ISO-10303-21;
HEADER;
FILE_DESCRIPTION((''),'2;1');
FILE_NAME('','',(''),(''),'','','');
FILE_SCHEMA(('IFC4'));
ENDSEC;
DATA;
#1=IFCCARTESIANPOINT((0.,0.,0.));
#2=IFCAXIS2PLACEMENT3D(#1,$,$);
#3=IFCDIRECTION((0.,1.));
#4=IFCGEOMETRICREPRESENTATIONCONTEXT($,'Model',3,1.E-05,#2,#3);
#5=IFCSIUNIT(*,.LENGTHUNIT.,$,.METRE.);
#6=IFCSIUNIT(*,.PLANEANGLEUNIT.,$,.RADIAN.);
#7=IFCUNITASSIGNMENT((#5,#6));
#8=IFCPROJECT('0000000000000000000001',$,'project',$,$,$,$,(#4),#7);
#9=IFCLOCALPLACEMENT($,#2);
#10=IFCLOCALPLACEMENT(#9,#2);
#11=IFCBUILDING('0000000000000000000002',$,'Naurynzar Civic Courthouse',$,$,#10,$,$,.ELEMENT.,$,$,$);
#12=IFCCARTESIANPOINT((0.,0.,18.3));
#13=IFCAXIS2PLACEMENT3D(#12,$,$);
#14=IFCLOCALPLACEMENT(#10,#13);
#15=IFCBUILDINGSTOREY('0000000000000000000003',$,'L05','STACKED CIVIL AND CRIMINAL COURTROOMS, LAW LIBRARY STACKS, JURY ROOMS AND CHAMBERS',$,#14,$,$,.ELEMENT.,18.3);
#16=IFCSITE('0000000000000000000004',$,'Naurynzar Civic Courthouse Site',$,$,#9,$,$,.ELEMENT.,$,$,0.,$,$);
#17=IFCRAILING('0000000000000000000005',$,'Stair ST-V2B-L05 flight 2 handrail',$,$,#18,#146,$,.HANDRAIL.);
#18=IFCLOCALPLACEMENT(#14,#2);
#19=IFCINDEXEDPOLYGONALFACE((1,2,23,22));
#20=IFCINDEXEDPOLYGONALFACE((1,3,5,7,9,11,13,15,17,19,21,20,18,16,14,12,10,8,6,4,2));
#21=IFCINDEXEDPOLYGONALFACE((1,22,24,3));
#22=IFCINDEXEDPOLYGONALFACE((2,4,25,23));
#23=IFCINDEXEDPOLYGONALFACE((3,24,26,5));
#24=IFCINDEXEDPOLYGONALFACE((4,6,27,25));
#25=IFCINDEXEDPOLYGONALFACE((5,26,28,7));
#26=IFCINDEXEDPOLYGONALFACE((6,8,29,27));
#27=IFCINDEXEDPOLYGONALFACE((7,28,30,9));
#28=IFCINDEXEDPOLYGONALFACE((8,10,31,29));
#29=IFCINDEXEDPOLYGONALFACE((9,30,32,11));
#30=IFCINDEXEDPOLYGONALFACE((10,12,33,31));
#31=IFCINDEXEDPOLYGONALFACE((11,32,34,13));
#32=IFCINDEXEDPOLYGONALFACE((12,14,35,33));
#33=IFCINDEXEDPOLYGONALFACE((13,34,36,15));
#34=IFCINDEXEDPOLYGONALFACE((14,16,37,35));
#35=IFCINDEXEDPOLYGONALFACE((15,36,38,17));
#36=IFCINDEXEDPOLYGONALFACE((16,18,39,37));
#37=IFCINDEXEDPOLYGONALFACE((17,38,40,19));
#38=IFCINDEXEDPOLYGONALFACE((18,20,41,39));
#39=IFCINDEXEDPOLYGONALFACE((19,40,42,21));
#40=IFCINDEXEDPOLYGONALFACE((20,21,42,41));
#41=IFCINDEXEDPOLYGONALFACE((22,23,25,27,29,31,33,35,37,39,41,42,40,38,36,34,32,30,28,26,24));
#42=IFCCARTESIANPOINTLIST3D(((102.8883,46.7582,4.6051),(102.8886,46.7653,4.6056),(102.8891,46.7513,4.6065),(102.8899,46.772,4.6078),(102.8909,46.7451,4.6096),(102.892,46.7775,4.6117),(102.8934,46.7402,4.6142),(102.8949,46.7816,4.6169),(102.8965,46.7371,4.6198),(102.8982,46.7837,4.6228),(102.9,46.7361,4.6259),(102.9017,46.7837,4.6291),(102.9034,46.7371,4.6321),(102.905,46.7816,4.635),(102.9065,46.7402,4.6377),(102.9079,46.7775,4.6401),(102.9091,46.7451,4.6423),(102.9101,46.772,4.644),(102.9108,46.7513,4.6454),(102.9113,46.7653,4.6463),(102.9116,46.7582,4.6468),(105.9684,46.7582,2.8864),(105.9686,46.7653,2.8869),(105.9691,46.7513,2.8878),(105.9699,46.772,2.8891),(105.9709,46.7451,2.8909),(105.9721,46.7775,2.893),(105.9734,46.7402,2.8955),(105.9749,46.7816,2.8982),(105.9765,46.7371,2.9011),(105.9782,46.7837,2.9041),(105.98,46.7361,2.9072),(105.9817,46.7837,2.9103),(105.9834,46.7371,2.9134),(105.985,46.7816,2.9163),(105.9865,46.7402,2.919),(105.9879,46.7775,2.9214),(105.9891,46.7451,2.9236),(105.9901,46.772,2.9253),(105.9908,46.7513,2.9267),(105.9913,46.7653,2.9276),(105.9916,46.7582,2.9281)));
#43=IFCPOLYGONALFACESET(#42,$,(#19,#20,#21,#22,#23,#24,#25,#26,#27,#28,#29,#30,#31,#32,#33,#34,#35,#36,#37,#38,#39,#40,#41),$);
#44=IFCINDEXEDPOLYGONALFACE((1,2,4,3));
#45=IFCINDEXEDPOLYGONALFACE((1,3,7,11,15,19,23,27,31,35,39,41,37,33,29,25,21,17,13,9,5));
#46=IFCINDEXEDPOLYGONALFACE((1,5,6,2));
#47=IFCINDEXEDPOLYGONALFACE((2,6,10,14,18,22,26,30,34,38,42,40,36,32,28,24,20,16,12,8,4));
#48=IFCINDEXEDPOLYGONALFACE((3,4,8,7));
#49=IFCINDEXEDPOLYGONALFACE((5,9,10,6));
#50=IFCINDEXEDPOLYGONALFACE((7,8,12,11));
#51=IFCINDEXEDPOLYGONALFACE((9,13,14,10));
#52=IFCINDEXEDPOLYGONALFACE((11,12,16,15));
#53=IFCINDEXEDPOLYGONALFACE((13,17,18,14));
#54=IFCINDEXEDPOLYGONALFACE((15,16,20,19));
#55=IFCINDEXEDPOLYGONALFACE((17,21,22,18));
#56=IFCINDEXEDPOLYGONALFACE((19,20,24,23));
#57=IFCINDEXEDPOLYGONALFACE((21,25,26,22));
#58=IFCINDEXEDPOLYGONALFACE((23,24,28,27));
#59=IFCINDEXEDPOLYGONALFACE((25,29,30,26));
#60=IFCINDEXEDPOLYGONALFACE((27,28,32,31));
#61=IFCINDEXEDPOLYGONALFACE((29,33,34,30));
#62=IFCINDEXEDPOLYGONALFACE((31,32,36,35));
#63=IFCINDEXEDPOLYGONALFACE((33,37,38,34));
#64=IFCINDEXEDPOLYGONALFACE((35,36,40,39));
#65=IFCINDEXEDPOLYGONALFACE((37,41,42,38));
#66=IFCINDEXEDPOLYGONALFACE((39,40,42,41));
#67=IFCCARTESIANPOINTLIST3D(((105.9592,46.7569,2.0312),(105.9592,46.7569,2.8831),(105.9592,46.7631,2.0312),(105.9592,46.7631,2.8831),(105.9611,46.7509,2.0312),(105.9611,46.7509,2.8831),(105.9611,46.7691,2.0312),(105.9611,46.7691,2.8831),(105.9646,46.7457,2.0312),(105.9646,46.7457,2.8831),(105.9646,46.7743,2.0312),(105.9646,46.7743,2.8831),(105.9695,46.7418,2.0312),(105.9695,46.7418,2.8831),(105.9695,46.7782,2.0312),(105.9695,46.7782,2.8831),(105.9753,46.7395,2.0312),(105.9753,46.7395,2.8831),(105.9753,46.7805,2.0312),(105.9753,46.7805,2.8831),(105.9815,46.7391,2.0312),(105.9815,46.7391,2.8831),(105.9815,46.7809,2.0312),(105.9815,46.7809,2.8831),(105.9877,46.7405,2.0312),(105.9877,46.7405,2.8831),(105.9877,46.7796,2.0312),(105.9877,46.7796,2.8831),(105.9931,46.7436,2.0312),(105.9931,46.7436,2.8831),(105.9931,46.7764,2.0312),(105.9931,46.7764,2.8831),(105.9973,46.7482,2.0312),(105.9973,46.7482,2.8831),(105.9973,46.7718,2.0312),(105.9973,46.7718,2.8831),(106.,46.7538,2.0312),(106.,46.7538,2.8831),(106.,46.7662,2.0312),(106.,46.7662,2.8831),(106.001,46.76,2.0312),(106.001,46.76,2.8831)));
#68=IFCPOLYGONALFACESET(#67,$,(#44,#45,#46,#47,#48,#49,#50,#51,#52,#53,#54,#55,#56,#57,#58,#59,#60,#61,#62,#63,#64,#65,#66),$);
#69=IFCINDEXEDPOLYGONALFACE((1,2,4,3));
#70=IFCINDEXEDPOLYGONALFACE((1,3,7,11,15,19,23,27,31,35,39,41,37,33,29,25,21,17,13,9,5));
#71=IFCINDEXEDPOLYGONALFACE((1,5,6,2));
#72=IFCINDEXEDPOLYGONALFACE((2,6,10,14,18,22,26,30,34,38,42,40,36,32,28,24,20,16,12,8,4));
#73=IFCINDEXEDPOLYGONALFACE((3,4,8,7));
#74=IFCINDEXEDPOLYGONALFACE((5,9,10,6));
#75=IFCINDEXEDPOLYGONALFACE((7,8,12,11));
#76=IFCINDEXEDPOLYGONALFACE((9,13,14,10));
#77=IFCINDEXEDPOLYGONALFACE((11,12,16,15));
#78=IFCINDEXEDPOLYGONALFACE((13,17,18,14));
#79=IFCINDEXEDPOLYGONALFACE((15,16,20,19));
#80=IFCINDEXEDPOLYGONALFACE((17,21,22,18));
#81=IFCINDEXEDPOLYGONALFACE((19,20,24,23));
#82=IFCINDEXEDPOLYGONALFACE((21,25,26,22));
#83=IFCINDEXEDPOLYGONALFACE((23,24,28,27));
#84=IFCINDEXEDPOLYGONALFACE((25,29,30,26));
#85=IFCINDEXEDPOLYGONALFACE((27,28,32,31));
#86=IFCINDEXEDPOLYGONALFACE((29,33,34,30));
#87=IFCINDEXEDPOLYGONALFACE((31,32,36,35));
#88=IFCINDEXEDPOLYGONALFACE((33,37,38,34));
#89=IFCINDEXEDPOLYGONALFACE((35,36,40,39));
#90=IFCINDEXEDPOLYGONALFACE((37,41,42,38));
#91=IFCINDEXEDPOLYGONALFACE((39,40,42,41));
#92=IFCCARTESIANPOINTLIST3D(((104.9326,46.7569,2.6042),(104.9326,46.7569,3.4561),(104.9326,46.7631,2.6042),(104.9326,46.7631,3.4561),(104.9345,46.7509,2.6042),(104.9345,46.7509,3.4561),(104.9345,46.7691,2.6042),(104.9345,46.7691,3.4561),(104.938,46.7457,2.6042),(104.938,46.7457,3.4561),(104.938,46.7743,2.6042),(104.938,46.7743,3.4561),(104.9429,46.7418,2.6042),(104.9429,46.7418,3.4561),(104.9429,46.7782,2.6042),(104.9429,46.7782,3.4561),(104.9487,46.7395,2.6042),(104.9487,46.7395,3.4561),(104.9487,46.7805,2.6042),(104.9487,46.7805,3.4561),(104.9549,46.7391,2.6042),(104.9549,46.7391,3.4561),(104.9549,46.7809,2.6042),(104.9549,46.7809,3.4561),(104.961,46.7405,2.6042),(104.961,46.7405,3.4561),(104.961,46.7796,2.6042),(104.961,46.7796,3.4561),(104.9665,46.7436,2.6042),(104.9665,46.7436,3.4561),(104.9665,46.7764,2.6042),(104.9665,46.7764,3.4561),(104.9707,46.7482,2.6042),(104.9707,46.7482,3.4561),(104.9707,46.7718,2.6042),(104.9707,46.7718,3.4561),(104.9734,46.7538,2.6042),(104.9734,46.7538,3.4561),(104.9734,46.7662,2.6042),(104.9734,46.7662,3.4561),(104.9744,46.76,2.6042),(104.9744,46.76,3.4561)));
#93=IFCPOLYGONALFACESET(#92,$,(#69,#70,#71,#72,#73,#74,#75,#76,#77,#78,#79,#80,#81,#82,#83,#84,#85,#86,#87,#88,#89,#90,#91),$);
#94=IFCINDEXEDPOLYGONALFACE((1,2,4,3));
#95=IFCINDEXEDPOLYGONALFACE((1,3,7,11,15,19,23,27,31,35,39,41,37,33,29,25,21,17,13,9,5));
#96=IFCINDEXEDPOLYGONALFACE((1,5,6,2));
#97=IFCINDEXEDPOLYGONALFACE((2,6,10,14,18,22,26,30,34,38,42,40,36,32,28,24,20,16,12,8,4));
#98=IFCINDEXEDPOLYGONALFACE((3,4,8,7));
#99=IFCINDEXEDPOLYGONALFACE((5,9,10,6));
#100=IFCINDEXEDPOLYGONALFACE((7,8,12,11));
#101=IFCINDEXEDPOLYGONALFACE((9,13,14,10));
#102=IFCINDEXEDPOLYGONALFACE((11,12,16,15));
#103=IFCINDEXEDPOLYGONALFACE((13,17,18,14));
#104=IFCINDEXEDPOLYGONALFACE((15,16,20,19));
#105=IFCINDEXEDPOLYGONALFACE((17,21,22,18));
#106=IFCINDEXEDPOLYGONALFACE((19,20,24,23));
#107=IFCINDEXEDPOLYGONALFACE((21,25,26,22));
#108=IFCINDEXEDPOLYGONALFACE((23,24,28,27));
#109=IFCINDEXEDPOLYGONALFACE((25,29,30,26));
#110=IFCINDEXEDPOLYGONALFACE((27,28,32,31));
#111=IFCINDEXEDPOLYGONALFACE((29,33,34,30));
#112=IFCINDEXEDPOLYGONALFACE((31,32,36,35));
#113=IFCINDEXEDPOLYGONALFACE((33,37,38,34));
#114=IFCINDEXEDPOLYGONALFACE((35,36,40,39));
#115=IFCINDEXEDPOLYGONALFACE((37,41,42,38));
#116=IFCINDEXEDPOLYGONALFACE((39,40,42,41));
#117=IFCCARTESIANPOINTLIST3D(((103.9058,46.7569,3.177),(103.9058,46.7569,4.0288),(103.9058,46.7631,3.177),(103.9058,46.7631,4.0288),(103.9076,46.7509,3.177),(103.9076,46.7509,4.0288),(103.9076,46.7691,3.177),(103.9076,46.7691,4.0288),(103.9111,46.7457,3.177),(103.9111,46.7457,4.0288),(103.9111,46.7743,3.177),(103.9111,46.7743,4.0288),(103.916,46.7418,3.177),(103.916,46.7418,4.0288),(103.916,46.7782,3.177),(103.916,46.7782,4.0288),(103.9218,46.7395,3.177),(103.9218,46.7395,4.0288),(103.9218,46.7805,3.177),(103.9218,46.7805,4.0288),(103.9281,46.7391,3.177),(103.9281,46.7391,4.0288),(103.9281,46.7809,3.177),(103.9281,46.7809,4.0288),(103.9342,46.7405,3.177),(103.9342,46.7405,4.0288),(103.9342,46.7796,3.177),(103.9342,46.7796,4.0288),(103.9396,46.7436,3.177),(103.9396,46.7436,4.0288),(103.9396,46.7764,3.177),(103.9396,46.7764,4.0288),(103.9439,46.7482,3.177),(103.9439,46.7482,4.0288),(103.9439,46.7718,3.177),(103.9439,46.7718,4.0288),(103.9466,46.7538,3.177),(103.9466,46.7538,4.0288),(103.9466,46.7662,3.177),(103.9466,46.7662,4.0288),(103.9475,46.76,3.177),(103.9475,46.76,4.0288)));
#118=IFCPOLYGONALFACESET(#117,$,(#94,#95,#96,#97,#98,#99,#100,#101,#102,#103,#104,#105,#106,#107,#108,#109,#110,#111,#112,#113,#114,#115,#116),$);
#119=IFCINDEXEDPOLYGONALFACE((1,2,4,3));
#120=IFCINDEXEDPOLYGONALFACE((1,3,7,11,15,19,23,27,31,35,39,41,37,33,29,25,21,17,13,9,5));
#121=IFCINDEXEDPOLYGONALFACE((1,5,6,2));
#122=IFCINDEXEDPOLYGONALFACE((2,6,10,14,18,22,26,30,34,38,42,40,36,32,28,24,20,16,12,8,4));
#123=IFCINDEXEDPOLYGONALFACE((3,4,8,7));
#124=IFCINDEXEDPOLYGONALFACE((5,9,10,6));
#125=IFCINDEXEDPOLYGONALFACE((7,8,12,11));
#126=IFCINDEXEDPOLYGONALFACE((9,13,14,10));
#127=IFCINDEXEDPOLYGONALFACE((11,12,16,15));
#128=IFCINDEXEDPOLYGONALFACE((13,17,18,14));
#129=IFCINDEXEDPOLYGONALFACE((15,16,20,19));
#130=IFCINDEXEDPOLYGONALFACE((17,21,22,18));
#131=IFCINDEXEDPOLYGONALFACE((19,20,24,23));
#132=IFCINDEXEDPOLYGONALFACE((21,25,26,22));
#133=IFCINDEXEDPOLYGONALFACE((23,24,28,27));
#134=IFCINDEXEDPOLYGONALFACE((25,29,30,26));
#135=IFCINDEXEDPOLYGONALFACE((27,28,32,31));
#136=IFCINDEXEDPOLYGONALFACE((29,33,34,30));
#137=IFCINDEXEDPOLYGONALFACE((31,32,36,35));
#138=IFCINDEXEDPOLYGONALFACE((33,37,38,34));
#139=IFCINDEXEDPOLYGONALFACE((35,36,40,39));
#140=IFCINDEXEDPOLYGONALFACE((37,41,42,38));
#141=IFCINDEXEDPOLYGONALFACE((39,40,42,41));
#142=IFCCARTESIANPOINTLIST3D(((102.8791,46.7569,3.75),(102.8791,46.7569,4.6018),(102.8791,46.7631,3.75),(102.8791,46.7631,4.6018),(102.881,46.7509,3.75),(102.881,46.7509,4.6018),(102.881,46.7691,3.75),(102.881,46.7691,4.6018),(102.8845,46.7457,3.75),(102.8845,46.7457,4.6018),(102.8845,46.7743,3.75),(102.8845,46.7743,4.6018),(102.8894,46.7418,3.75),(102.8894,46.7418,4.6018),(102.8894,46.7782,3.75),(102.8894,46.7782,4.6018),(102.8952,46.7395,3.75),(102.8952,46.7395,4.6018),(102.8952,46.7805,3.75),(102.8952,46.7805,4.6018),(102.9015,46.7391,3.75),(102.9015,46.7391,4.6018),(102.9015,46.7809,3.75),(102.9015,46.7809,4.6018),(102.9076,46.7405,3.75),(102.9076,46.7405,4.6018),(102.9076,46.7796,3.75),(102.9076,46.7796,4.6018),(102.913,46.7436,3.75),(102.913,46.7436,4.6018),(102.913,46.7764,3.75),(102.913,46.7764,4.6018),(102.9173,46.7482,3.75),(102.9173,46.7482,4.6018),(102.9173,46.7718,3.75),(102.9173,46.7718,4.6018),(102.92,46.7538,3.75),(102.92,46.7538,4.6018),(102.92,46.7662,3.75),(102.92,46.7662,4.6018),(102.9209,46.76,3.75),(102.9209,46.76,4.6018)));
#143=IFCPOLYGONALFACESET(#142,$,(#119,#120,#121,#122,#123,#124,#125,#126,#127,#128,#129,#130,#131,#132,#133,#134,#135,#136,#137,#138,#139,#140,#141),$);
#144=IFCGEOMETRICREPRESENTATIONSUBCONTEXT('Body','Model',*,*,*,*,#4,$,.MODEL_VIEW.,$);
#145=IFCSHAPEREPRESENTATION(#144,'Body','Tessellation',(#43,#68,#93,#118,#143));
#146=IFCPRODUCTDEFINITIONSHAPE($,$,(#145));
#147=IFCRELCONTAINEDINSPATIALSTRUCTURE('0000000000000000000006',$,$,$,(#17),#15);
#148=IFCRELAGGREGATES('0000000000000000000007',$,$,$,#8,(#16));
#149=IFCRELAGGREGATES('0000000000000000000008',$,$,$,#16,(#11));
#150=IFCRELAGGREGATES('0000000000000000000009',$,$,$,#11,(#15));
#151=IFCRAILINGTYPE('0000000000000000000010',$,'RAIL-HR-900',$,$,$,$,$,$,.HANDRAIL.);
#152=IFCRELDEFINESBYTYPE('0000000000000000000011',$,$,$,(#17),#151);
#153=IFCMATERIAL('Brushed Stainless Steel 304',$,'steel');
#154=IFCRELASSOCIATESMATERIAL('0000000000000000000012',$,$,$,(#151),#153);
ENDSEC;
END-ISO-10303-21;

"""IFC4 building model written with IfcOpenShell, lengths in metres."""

from ifc_helpers import new_model, si_unit, direction, frame, origin, origin_2d, place, context, subcontext, project, spatial, circle, extrude, material, type_object, element, save


model = new_model("IFC4")

# Units and contexts
model_context = context("Model", 3, precision=1e-05, world=origin(), true_north=direction((0.0, 1.0)))
body_context = subcontext(model_context, "Body", "Model", "MODEL_VIEW")
ifc_project = project(units=[si_unit("LENGTHUNIT", "METRE"), si_unit("PLANEANGLEUNIT", "RADIAN")], contexts=[model_context])

# Site, building, storey
site_placement = place(None, origin())
site = spatial("IfcSite", under=ifc_project, at=site_placement, Name="Naurynzar Civic Courthouse Site", CompositionType="ELEMENT", RefElevation=0.0)
building_placement = place(site_placement, origin())
building = spatial("IfcBuilding", under=site, at=building_placement, Name="Naurynzar Civic Courthouse", CompositionType="ELEMENT")
storey_placement = place(building_placement, frame((0.0, 0.0, 18.3)))
storey = spatial("IfcBuildingStorey", under=building, at=storey_placement, Name="L05", Description="STACKED CIVIL AND CRIMINAL COURTROOMS, LAW LIBRARY STACKS, JURY ROOMS AND CHAMBERS", CompositionType="ELEMENT", Elevation=18.3)

# Railing
ifc_material_1 = material(Name="Brushed Stainless Steel 304", Category="steel")
railing_type_1 = type_object("IfcRailingType", Name="RAIL-HR-900", PredefinedType="HANDRAIL", material=ifc_material_1)
railing_1_placement = place(storey_placement, frame((105.98, 46.76, 2.0312)))
element("IfcRailing", 1, at=railing_1_placement, inside=storey, type_object=railing_type_1, Name="Stair ST-V2B-L05 flight 2 handrail", PredefinedType="HANDRAIL", context=body_context, shape_type="SweptSolid", body=[
    extrude(circle(Radius=0.0239, at=origin_2d()), frame((0.0, 0.0, 0.876), z_axis=(-0.873242, 0.0, 0.487288), x_axis=(0.0, -1.0, 0.0)), (0.0, 0.0, 1.0), 3.5271),
    extrude(circle(Radius=0.021, at=origin_2d()), origin(), (0.0, 0.0, 1.0), 0.8518),
    extrude(circle(Radius=0.021, at=origin_2d()), frame((-1.0266, 0.0, 0.573)), (0.0, 0.0, 1.0), 0.8518),
    extrude(circle(Radius=0.021, at=origin_2d()), frame((-2.0535, 0.0, 1.1458)), (0.0, 0.0, 1.0), 0.8518),
    extrude(circle(Radius=0.021, at=origin_2d()), frame((-3.0801, 0.0, 1.7188)), (0.0, 0.0, 1.0), 0.8518),
])

save(model, "model.ifc")
